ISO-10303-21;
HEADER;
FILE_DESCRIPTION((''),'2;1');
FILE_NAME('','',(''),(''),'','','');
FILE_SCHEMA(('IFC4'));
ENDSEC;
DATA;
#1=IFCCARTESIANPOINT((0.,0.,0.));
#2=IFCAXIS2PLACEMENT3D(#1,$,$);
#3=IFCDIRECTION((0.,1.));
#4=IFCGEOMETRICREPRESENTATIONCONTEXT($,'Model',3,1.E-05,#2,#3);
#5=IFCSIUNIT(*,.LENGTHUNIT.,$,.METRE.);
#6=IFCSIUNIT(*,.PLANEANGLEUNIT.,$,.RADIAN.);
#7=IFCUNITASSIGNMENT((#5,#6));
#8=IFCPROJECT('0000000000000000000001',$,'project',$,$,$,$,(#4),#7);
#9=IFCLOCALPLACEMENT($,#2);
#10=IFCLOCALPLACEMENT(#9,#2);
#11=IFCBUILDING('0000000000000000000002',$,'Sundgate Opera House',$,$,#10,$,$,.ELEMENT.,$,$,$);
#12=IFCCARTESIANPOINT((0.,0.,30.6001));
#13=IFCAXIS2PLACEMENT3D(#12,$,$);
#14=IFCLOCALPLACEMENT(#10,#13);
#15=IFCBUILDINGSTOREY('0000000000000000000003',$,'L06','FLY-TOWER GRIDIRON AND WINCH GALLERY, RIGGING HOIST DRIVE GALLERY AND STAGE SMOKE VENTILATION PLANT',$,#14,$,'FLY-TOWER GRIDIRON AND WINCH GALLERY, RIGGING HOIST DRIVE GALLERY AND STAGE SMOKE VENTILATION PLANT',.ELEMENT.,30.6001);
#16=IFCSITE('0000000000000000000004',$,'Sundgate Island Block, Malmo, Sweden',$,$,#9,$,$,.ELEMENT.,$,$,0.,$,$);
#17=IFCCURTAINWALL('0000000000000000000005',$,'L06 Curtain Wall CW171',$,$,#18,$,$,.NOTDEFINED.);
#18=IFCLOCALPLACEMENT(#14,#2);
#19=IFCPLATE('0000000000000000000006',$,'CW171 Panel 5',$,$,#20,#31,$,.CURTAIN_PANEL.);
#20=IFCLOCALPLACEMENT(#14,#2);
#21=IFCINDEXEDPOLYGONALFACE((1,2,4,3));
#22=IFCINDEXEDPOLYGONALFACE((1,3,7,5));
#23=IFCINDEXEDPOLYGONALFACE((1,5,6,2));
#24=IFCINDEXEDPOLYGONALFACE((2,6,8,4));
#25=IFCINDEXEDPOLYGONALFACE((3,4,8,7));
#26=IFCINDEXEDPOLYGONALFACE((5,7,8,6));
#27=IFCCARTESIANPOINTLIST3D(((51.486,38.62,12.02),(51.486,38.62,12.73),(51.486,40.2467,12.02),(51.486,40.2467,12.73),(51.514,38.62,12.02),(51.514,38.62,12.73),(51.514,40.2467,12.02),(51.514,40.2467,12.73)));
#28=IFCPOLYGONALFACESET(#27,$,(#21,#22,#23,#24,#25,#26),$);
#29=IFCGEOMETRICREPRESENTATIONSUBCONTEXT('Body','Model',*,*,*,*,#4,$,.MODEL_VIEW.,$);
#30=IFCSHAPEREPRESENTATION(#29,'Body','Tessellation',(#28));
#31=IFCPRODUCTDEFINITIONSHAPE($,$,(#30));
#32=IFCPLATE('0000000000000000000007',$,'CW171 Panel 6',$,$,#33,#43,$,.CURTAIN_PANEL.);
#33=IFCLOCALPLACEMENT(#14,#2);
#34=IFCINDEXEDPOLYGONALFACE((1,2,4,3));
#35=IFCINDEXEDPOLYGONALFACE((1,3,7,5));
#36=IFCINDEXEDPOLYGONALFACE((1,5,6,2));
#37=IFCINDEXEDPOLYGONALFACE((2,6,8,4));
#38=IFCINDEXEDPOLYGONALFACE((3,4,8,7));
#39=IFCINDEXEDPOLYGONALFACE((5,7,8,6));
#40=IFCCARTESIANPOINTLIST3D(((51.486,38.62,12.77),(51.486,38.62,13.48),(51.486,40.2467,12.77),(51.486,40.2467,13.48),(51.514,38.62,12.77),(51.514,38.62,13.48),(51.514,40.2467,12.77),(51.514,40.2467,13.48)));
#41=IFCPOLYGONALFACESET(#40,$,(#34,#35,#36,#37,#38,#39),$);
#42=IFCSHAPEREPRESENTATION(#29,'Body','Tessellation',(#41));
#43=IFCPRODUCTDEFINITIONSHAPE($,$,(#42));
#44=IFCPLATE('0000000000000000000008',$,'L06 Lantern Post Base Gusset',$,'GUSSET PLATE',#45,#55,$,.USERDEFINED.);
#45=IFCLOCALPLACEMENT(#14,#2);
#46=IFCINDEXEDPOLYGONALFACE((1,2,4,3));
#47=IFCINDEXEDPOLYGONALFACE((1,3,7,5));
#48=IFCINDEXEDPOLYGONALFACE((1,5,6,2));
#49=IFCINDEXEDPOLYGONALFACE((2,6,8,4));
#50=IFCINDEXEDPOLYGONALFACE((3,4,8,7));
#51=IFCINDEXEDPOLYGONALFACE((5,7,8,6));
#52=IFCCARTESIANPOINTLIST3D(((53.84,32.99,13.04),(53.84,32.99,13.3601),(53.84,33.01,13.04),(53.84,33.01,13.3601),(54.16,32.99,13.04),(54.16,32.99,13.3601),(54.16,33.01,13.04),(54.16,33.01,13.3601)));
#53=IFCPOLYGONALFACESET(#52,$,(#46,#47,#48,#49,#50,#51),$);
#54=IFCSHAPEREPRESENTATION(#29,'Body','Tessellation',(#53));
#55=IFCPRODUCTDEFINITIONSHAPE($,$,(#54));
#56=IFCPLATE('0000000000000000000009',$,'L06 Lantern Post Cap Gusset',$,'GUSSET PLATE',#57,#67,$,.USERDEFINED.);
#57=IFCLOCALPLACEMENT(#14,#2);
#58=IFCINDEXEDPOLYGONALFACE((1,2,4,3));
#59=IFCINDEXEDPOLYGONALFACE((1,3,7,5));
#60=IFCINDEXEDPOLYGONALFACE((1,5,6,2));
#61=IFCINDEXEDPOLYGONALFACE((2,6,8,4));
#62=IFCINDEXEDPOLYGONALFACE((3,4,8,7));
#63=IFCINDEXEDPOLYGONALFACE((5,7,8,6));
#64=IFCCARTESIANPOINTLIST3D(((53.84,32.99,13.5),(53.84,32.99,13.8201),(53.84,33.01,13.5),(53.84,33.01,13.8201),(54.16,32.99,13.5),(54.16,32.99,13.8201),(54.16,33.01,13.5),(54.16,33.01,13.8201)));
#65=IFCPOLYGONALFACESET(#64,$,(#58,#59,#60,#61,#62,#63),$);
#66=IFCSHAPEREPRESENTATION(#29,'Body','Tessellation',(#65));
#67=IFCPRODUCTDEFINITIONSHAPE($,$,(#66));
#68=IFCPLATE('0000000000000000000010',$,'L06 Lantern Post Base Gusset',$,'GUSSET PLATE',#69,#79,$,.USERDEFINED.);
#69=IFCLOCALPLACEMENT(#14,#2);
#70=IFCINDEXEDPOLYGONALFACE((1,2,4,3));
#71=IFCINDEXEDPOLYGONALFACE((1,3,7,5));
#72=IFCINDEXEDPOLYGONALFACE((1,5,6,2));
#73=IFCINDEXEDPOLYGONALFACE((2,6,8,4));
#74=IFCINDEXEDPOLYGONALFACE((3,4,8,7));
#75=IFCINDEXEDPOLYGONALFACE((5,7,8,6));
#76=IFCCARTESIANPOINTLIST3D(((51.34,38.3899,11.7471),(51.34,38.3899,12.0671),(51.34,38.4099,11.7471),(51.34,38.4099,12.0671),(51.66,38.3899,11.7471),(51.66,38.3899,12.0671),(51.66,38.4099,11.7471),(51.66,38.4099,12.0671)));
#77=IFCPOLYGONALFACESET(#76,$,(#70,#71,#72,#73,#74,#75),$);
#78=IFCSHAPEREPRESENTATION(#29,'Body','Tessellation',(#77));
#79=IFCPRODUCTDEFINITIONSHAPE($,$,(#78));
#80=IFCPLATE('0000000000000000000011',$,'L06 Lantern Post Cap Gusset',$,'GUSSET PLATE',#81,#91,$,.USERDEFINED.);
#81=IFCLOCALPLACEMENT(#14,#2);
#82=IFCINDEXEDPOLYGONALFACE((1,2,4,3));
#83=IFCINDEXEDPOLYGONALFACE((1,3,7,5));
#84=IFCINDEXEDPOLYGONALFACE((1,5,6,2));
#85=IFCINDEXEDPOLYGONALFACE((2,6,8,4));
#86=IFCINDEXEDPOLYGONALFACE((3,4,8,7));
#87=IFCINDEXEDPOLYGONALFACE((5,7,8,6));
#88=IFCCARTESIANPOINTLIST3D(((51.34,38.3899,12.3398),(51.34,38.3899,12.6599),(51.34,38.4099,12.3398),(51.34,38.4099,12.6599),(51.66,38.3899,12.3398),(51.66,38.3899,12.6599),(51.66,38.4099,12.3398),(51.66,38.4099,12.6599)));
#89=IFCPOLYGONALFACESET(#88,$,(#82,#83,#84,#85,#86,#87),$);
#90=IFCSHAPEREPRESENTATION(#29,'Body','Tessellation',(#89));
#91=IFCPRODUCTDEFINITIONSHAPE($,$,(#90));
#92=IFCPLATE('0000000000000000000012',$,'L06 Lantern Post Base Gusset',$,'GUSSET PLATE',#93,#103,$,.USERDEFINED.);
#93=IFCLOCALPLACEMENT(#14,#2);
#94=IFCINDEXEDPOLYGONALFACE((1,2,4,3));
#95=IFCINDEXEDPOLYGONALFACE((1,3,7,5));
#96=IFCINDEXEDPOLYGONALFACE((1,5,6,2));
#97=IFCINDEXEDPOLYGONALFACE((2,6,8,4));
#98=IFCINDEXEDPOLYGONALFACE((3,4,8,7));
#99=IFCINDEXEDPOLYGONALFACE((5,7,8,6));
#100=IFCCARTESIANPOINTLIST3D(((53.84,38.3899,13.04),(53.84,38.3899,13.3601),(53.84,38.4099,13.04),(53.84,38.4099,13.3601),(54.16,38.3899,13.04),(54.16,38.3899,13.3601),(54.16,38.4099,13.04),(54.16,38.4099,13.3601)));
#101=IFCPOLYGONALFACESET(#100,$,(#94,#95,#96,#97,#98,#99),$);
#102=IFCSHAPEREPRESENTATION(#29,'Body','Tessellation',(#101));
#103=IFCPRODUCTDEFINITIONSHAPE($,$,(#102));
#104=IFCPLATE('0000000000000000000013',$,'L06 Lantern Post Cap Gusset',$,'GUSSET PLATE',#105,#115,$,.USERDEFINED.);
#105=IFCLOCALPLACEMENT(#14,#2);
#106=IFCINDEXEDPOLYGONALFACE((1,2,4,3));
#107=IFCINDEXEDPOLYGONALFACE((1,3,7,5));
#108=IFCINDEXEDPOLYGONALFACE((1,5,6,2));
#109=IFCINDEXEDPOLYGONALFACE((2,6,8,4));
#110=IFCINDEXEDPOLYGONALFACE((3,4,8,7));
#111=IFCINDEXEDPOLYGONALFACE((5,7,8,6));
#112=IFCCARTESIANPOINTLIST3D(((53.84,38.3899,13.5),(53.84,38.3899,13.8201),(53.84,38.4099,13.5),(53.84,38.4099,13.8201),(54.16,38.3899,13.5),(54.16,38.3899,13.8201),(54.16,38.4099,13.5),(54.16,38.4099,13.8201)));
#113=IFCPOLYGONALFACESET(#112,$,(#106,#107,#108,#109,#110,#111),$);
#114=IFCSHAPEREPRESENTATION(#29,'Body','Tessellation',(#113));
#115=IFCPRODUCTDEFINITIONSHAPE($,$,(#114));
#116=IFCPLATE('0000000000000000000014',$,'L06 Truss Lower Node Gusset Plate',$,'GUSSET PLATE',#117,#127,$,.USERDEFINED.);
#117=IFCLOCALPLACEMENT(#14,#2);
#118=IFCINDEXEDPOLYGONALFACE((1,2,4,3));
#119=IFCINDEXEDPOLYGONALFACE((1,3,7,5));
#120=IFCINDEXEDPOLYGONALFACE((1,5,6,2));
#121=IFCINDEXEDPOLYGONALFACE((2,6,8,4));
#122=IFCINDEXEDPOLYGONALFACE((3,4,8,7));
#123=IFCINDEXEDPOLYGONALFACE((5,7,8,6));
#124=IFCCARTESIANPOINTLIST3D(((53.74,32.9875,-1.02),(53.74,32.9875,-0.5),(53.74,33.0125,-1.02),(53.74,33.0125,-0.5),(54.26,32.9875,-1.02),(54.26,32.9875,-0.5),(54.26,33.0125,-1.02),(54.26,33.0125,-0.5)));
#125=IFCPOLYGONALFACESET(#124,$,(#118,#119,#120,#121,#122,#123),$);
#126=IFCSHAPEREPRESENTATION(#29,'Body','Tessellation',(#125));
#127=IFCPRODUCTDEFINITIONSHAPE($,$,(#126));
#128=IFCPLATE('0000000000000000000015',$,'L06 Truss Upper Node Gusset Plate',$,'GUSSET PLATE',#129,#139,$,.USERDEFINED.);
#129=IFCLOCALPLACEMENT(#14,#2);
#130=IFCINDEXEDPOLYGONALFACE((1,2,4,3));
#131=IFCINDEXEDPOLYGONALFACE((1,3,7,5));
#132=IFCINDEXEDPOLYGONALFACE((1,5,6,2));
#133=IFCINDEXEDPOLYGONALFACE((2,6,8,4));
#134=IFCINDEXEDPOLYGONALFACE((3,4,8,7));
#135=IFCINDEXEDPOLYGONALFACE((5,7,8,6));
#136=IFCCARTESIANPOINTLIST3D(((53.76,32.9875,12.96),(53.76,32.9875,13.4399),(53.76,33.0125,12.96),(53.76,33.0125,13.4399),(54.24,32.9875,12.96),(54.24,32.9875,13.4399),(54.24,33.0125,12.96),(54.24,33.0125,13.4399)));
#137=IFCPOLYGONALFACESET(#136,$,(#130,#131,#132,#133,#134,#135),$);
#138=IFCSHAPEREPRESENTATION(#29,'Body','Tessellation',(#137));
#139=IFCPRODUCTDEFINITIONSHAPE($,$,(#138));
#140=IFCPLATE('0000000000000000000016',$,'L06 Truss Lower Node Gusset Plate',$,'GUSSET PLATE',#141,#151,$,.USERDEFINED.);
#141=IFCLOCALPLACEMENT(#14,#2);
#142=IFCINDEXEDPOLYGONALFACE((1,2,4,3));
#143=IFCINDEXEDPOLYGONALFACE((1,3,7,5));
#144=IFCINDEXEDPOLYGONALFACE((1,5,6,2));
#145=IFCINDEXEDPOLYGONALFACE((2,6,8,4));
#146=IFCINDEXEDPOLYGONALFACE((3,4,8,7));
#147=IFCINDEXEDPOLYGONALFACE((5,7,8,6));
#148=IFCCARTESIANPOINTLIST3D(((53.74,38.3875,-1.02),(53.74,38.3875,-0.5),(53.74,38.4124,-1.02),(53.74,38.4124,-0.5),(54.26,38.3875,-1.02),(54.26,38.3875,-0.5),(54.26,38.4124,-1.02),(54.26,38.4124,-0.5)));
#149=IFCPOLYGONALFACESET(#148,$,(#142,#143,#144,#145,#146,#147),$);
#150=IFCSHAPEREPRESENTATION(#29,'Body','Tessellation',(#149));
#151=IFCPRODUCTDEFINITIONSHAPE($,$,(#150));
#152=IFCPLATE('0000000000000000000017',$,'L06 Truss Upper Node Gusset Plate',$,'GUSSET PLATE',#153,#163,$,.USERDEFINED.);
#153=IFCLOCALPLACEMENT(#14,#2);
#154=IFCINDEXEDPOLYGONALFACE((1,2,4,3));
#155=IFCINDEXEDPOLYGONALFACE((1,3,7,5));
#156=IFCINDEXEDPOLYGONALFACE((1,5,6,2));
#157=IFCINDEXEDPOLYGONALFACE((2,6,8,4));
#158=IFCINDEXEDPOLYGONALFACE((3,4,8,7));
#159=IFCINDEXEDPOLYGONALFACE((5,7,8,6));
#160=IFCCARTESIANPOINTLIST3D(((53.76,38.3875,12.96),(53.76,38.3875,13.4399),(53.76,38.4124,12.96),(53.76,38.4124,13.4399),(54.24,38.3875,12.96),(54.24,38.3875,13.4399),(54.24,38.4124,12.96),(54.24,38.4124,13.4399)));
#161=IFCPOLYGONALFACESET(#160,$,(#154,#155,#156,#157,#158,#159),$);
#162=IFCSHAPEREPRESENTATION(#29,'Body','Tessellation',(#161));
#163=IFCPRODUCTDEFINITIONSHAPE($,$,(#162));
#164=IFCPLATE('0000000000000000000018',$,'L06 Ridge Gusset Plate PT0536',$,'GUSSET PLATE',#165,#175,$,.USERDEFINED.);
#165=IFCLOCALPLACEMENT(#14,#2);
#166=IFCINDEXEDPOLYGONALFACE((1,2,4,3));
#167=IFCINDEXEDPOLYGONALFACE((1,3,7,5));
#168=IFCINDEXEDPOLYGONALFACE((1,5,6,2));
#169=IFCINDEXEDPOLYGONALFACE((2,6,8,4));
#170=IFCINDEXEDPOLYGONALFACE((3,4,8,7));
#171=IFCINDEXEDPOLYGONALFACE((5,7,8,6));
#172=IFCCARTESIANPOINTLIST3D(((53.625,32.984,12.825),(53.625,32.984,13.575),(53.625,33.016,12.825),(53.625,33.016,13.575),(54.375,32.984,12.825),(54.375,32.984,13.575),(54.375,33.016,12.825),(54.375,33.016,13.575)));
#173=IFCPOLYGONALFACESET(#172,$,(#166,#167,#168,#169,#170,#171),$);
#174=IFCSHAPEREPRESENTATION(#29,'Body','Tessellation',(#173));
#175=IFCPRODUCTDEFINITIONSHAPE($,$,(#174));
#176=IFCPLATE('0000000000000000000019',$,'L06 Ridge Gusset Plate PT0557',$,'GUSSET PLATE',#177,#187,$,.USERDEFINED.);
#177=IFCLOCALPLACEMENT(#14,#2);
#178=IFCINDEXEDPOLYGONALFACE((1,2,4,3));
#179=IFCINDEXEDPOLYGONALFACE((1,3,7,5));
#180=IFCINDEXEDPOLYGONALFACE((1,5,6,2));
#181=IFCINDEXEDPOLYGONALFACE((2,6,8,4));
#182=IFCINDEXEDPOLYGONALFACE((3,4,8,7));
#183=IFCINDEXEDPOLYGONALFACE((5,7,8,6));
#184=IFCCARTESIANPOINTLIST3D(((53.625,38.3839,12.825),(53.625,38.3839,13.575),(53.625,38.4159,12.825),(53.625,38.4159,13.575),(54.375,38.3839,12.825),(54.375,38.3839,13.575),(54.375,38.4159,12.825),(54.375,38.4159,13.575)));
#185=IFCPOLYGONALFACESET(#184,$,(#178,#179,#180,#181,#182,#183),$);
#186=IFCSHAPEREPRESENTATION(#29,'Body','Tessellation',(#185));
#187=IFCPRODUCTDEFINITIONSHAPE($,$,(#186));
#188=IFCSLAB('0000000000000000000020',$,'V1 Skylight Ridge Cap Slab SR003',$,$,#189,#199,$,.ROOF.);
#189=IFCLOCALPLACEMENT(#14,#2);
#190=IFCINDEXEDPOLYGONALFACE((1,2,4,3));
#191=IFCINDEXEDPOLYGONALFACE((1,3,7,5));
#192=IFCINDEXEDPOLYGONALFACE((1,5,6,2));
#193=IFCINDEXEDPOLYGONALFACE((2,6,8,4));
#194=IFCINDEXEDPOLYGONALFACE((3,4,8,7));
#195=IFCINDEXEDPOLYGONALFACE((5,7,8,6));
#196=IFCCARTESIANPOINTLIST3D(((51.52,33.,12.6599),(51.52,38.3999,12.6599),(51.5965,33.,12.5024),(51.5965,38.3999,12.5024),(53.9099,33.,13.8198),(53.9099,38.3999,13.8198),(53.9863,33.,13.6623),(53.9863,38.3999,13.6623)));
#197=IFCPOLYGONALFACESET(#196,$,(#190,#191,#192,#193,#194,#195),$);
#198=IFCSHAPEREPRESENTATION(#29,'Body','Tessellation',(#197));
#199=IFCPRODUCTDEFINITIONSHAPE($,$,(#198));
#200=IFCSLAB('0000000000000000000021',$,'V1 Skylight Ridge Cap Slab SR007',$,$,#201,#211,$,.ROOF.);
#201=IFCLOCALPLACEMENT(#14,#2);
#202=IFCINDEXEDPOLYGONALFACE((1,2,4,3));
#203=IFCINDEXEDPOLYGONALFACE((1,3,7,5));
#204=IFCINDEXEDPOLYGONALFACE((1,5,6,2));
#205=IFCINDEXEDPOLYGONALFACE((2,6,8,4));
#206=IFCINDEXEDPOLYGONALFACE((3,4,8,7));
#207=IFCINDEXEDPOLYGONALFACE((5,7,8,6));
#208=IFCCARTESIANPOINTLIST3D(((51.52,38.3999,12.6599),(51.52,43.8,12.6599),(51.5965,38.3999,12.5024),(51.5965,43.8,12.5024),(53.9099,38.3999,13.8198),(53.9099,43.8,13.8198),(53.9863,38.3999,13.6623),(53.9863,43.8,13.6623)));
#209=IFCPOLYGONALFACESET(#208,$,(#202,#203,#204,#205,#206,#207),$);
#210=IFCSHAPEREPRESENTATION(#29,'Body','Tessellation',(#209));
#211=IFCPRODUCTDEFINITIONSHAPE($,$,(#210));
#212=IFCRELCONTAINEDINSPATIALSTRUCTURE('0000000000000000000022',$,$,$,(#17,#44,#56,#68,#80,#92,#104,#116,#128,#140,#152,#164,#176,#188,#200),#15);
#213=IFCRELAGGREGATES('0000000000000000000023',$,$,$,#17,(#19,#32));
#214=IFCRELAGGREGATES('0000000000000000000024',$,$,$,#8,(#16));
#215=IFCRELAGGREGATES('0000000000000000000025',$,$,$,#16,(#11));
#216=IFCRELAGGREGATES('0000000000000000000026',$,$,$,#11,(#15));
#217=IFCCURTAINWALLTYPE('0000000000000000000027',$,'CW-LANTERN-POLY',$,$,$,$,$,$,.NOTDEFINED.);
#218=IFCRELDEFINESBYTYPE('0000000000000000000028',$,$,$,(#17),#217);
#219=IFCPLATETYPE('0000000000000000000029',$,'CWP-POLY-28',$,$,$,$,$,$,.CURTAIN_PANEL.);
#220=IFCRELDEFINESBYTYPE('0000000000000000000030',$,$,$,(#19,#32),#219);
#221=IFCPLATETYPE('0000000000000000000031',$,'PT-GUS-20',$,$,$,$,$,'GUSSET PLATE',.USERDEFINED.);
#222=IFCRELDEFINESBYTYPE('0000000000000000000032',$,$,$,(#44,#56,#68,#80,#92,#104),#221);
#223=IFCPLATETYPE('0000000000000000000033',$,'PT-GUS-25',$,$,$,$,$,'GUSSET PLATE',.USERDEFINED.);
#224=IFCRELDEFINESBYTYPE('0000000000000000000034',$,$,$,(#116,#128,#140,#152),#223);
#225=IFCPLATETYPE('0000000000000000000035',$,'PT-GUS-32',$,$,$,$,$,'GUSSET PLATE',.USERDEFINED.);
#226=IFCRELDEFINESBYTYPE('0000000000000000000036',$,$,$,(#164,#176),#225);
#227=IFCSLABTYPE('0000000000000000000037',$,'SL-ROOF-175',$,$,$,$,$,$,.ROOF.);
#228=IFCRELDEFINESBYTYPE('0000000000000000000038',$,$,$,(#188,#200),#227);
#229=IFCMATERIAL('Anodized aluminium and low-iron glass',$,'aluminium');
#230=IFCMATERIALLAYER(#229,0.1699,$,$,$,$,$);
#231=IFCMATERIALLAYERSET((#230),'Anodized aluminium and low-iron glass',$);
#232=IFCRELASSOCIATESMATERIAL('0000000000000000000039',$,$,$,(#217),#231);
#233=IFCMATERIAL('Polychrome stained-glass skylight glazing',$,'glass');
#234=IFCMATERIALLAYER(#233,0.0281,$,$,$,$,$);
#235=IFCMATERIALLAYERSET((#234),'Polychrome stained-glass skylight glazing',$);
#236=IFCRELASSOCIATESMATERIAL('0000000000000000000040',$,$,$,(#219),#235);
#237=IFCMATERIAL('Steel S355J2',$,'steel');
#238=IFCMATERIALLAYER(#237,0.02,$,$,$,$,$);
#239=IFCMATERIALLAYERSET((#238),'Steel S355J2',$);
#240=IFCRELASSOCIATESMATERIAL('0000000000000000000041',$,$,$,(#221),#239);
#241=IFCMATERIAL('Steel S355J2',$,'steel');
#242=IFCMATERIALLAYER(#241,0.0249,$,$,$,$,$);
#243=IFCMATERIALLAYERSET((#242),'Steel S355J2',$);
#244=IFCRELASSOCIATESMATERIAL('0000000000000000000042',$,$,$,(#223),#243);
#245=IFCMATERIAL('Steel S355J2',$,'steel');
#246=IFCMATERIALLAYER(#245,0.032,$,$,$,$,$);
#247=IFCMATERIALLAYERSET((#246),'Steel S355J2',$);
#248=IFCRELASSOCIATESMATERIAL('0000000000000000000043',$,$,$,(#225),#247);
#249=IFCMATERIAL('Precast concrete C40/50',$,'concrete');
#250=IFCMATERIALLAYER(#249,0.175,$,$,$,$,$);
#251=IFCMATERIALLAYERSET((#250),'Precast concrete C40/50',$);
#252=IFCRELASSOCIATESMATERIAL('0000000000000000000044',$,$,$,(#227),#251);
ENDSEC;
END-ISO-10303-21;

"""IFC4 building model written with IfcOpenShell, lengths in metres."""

from ifc_helpers import new_model, si_unit, direction, frame, origin, origin_2d, place, context, subcontext, project, spatial, polyline, rectangle, outline, extrude, material, layer, layer_set, type_object, element, aggregate, save


model = new_model("IFC4")

# Units and contexts
model_context = context("Model", 3, precision=1e-05, world=origin(), true_north=direction((0.0, 1.0)))
body_context = subcontext(model_context, "Body", "Model", "MODEL_VIEW")
ifc_project = project(units=[si_unit("LENGTHUNIT", "METRE"), si_unit("PLANEANGLEUNIT", "RADIAN")], contexts=[model_context])

# Site, building, storey
site_placement = place(None, origin())
site = spatial("IfcSite", under=ifc_project, at=site_placement, Name="Sundgate Island Block, Malmo, Sweden", CompositionType="ELEMENT", RefElevation=0.0)
building_placement = place(site_placement, origin())
building = spatial("IfcBuilding", under=site, at=building_placement, Name="Sundgate Opera House", CompositionType="ELEMENT")
storey_placement = place(building_placement, frame((0.0, 0.0, 30.6001)))
storey = spatial("IfcBuildingStorey", under=building, at=storey_placement, Name="L06", Description="FLY-TOWER GRIDIRON AND WINCH GALLERY, RIGGING HOIST DRIVE GALLERY AND STAGE SMOKE VENTILATION PLANT", LongName="FLY-TOWER GRIDIRON AND WINCH GALLERY, RIGGING HOIST DRIVE GALLERY AND STAGE SMOKE VENTILATION PLANT", CompositionType="ELEMENT", Elevation=30.6001)

# Curtain wall
ifc_material_1 = material(Name="Anodized aluminium and low-iron glass", Category="aluminium")
ifc_layer_1 = layer(ifc_material_1, 0.1699)
ifc_layer_set_1 = layer_set([ifc_layer_1], Name="Anodized aluminium and low-iron glass")
curtain_wall_type = type_object("IfcCurtainWallType", Name="CW-LANTERN-POLY", PredefinedType="NOTDEFINED", material=ifc_layer_set_1)
curtain_wall_1_placement = place(storey_placement, origin())
curtain_wall_1 = element("IfcCurtainWall", 1, at=curtain_wall_1_placement, inside=storey, type_object=curtain_wall_type, Name="L06 Curtain Wall CW171", PredefinedType="NOTDEFINED")

# Plates
ifc_material_2 = material(Name="Polychrome stained-glass skylight glazing", Category="glass")
ifc_layer_2 = layer(ifc_material_2, 0.0281)
ifc_layer_set_2 = layer_set([ifc_layer_2], Name="Polychrome stained-glass skylight glazing")
plate_type_1 = type_object("IfcPlateType", Name="CWP-POLY-28", PredefinedType="CURTAIN_PANEL", material=ifc_layer_set_2)
plate_1_placement = place(storey_placement, frame((51.5, 39.4333, 12.02), z_axis=(0.0, 0.0, 1.0), x_axis=(0.0, -1.0, 0.0)))
plate_1 = element("IfcPlate", 2, at=plate_1_placement, type_object=plate_type_1, Name="CW171 Panel 5", PredefinedType="CURTAIN_PANEL", context=body_context, shape_type="SweptSolid", body=[
    extrude(rectangle(XDim=1.6267, YDim=0.0281, at=origin_2d()), origin(), (0.0, 0.0, 1.0), 0.71),
])
plate_2_placement = place(storey_placement, frame((51.5, 39.4333, 12.77), z_axis=(0.0, 0.0, 1.0), x_axis=(0.0, -1.0, 0.0)))
plate_2 = element("IfcPlate", 3, at=plate_2_placement, type_object=plate_type_1, Name="CW171 Panel 6", PredefinedType="CURTAIN_PANEL", context=body_context, shape_type="SweptSolid", body=[
    extrude(rectangle(XDim=1.6267, YDim=0.0281, at=origin_2d()), origin(), (0.0, 0.0, 1.0), 0.71),
])
aggregate(curtain_wall_1, [plate_1, plate_2])

# Plates
ifc_material_3 = material(Name="Steel S355J2", Category="steel")
ifc_layer_3 = layer(ifc_material_3, 0.02)
ifc_layer_set_3 = layer_set([ifc_layer_3], Name="Steel S355J2")
plate_type_2 = type_object("IfcPlateType", Name="PT-GUS-20", ElementType="GUSSET PLATE", PredefinedType="USERDEFINED", material=ifc_layer_set_3)
for number, where, z_axis, x_axis, name in (
    (4, (54.0, 33.0, 13.04), (0.0, 0.0, 1.0), (1.0, 0.0, 0.0), "L06 Lantern Post Base Gusset"),
    (5, (54.0, 33.0, 13.5), (0.0, 0.0, 1.0), (1.0, 0.0, 0.0), "L06 Lantern Post Cap Gusset"),
    (6, (51.5, 38.3999, 11.7471), (0.0, 0.0, 1.0), (1.0, 0.0, 0.0), "L06 Lantern Post Base Gusset"),
    (7, (51.5, 38.3999, 12.3398), (0.0, 0.0, 1.0), (1.0, 0.0, 0.0), "L06 Lantern Post Cap Gusset"),
    (8, (54.0, 38.3999, 13.04), (0.0, 0.0, 1.0), (1.0, 0.0, 0.0), "L06 Lantern Post Base Gusset"),
    (9, (54.0, 38.3999, 13.5), (0.0, 0.0, 1.0), (1.0, 0.0, 0.0), "L06 Lantern Post Cap Gusset"),
):
    element("IfcPlate", number, at=place(storey_placement, frame(where, z_axis=z_axis, x_axis=x_axis)), inside=storey, type_object=plate_type_2, Name=name, ObjectType="GUSSET PLATE", PredefinedType="USERDEFINED", context=body_context, shape_type="SweptSolid", body=[
        extrude(rectangle(XDim=0.3201, YDim=0.02, at=origin_2d()), origin(), (0.0, 0.0, 1.0), 0.3201),
    ])
ifc_material_4 = material(Name="Steel S355J2", Category="steel")
ifc_layer_4 = layer(ifc_material_4, 0.0249)
ifc_layer_set_4 = layer_set([ifc_layer_4], Name="Steel S355J2")
plate_type_3 = type_object("IfcPlateType", Name="PT-GUS-25", ElementType="GUSSET PLATE", PredefinedType="USERDEFINED", material=ifc_layer_set_4)
plate_3_placement = place(storey_placement, frame((54.0, 33.0, -1.02), z_axis=(0.0, 0.0, 1.0), x_axis=(1.0, 0.0, 0.0)))
element("IfcPlate", 10, at=plate_3_placement, inside=storey, type_object=plate_type_3, Name="L06 Truss Lower Node Gusset Plate", ObjectType="GUSSET PLATE", PredefinedType="USERDEFINED", context=body_context, shape_type="SweptSolid", body=[
    extrude(rectangle(XDim=0.52, YDim=0.0249, at=origin_2d()), origin(), (0.0, 0.0, 1.0), 0.52),
])
plate_4_placement = place(storey_placement, frame((54.0, 33.0, 12.96), z_axis=(0.0, 0.0, 1.0), x_axis=(1.0, 0.0, 0.0)))
element("IfcPlate", 11, at=plate_4_placement, inside=storey, type_object=plate_type_3, Name="L06 Truss Upper Node Gusset Plate", ObjectType="GUSSET PLATE", PredefinedType="USERDEFINED", context=body_context, shape_type="SweptSolid", body=[
    extrude(rectangle(XDim=0.48, YDim=0.0249, at=origin_2d()), origin(), (0.0, 0.0, 1.0), 0.48),
])
plate_5_placement = place(storey_placement, frame((54.0, 38.3999, -1.02), z_axis=(0.0, 0.0, 1.0), x_axis=(1.0, 0.0, 0.0)))
element("IfcPlate", 12, at=plate_5_placement, inside=storey, type_object=plate_type_3, Name="L06 Truss Lower Node Gusset Plate", ObjectType="GUSSET PLATE", PredefinedType="USERDEFINED", context=body_context, shape_type="SweptSolid", body=[
    extrude(rectangle(XDim=0.52, YDim=0.0249, at=origin_2d()), origin(), (0.0, 0.0, 1.0), 0.52),
])
plate_6_placement = place(storey_placement, frame((54.0, 38.3999, 12.96), z_axis=(0.0, 0.0, 1.0), x_axis=(1.0, 0.0, 0.0)))
element("IfcPlate", 13, at=plate_6_placement, inside=storey, type_object=plate_type_3, Name="L06 Truss Upper Node Gusset Plate", ObjectType="GUSSET PLATE", PredefinedType="USERDEFINED", context=body_context, shape_type="SweptSolid", body=[
    extrude(rectangle(XDim=0.48, YDim=0.0249, at=origin_2d()), origin(), (0.0, 0.0, 1.0), 0.48),
])
ifc_material_5 = material(Name="Steel S355J2", Category="steel")
ifc_layer_5 = layer(ifc_material_5, 0.032)
ifc_layer_set_5 = layer_set([ifc_layer_5], Name="Steel S355J2")
plate_type_4 = type_object("IfcPlateType", Name="PT-GUS-32", ElementType="GUSSET PLATE", PredefinedType="USERDEFINED", material=ifc_layer_set_5)
for number, where, z_axis, x_axis, name in (
    (14, (54.0, 33.0, 12.825), (0.0, 0.0, 1.0), (1.0, 0.0, 0.0), "L06 Ridge Gusset Plate PT0536"),
    (15, (54.0, 38.3999, 12.825), (0.0, 0.0, 1.0), (1.0, 0.0, 0.0), "L06 Ridge Gusset Plate PT0557"),
):
    element("IfcPlate", number, at=place(storey_placement, frame(where, z_axis=z_axis, x_axis=x_axis)), inside=storey, type_object=plate_type_4, Name=name, ObjectType="GUSSET PLATE", PredefinedType="USERDEFINED", context=body_context, shape_type="SweptSolid", body=[
        extrude(rectangle(XDim=0.75, YDim=0.032, at=origin_2d()), origin(), (0.0, 0.0, 1.0), 0.75),
    ])

# Slabs
ifc_material_6 = material(Name="Precast concrete C40/50", Category="concrete")
ifc_layer_6 = layer(ifc_material_6, 0.175)
ifc_layer_set_6 = layer_set([ifc_layer_6], Name="Precast concrete C40/50")
slab_type = type_object("IfcSlabType", Name="SL-ROOF-175", PredefinedType="ROOF", material=ifc_layer_set_6)
slab_1_placement = place(storey_placement, frame((51.52, 33.0, 12.6599), z_axis=(-0.436632, 0.0, 0.89964), x_axis=(0.89964, 0.0, 0.436632)))
element("IfcSlab", 16, at=slab_1_placement, inside=storey, type_object=slab_type, Name="V1 Skylight Ridge Cap Slab SR003", PredefinedType="ROOF", context=body_context, shape_type="SweptSolid", body=[
    extrude(outline(polyline([(0.0, 0.0), (2.6565, 0.0), (2.6565, 5.3999), (0.0, 5.3999), (0.0, 0.0)])), origin(), (0.0, 0.0, -1.0), 0.175),
])
slab_2_placement = place(storey_placement, frame((51.52, 38.3999, 12.6599), z_axis=(-0.436632, 0.0, 0.89964), x_axis=(0.89964, 0.0, 0.436632)))
element("IfcSlab", 17, at=slab_2_placement, inside=storey, type_object=slab_type, Name="V1 Skylight Ridge Cap Slab SR007", PredefinedType="ROOF", context=body_context, shape_type="SweptSolid", body=[
    extrude(outline(polyline([(0.0, 0.0), (2.6565, 0.0), (2.6565, 5.4001), (0.0, 5.4001), (0.0, 0.0)])), origin(), (0.0, 0.0, -1.0), 0.175),
])

save(model, "model.ifc")
